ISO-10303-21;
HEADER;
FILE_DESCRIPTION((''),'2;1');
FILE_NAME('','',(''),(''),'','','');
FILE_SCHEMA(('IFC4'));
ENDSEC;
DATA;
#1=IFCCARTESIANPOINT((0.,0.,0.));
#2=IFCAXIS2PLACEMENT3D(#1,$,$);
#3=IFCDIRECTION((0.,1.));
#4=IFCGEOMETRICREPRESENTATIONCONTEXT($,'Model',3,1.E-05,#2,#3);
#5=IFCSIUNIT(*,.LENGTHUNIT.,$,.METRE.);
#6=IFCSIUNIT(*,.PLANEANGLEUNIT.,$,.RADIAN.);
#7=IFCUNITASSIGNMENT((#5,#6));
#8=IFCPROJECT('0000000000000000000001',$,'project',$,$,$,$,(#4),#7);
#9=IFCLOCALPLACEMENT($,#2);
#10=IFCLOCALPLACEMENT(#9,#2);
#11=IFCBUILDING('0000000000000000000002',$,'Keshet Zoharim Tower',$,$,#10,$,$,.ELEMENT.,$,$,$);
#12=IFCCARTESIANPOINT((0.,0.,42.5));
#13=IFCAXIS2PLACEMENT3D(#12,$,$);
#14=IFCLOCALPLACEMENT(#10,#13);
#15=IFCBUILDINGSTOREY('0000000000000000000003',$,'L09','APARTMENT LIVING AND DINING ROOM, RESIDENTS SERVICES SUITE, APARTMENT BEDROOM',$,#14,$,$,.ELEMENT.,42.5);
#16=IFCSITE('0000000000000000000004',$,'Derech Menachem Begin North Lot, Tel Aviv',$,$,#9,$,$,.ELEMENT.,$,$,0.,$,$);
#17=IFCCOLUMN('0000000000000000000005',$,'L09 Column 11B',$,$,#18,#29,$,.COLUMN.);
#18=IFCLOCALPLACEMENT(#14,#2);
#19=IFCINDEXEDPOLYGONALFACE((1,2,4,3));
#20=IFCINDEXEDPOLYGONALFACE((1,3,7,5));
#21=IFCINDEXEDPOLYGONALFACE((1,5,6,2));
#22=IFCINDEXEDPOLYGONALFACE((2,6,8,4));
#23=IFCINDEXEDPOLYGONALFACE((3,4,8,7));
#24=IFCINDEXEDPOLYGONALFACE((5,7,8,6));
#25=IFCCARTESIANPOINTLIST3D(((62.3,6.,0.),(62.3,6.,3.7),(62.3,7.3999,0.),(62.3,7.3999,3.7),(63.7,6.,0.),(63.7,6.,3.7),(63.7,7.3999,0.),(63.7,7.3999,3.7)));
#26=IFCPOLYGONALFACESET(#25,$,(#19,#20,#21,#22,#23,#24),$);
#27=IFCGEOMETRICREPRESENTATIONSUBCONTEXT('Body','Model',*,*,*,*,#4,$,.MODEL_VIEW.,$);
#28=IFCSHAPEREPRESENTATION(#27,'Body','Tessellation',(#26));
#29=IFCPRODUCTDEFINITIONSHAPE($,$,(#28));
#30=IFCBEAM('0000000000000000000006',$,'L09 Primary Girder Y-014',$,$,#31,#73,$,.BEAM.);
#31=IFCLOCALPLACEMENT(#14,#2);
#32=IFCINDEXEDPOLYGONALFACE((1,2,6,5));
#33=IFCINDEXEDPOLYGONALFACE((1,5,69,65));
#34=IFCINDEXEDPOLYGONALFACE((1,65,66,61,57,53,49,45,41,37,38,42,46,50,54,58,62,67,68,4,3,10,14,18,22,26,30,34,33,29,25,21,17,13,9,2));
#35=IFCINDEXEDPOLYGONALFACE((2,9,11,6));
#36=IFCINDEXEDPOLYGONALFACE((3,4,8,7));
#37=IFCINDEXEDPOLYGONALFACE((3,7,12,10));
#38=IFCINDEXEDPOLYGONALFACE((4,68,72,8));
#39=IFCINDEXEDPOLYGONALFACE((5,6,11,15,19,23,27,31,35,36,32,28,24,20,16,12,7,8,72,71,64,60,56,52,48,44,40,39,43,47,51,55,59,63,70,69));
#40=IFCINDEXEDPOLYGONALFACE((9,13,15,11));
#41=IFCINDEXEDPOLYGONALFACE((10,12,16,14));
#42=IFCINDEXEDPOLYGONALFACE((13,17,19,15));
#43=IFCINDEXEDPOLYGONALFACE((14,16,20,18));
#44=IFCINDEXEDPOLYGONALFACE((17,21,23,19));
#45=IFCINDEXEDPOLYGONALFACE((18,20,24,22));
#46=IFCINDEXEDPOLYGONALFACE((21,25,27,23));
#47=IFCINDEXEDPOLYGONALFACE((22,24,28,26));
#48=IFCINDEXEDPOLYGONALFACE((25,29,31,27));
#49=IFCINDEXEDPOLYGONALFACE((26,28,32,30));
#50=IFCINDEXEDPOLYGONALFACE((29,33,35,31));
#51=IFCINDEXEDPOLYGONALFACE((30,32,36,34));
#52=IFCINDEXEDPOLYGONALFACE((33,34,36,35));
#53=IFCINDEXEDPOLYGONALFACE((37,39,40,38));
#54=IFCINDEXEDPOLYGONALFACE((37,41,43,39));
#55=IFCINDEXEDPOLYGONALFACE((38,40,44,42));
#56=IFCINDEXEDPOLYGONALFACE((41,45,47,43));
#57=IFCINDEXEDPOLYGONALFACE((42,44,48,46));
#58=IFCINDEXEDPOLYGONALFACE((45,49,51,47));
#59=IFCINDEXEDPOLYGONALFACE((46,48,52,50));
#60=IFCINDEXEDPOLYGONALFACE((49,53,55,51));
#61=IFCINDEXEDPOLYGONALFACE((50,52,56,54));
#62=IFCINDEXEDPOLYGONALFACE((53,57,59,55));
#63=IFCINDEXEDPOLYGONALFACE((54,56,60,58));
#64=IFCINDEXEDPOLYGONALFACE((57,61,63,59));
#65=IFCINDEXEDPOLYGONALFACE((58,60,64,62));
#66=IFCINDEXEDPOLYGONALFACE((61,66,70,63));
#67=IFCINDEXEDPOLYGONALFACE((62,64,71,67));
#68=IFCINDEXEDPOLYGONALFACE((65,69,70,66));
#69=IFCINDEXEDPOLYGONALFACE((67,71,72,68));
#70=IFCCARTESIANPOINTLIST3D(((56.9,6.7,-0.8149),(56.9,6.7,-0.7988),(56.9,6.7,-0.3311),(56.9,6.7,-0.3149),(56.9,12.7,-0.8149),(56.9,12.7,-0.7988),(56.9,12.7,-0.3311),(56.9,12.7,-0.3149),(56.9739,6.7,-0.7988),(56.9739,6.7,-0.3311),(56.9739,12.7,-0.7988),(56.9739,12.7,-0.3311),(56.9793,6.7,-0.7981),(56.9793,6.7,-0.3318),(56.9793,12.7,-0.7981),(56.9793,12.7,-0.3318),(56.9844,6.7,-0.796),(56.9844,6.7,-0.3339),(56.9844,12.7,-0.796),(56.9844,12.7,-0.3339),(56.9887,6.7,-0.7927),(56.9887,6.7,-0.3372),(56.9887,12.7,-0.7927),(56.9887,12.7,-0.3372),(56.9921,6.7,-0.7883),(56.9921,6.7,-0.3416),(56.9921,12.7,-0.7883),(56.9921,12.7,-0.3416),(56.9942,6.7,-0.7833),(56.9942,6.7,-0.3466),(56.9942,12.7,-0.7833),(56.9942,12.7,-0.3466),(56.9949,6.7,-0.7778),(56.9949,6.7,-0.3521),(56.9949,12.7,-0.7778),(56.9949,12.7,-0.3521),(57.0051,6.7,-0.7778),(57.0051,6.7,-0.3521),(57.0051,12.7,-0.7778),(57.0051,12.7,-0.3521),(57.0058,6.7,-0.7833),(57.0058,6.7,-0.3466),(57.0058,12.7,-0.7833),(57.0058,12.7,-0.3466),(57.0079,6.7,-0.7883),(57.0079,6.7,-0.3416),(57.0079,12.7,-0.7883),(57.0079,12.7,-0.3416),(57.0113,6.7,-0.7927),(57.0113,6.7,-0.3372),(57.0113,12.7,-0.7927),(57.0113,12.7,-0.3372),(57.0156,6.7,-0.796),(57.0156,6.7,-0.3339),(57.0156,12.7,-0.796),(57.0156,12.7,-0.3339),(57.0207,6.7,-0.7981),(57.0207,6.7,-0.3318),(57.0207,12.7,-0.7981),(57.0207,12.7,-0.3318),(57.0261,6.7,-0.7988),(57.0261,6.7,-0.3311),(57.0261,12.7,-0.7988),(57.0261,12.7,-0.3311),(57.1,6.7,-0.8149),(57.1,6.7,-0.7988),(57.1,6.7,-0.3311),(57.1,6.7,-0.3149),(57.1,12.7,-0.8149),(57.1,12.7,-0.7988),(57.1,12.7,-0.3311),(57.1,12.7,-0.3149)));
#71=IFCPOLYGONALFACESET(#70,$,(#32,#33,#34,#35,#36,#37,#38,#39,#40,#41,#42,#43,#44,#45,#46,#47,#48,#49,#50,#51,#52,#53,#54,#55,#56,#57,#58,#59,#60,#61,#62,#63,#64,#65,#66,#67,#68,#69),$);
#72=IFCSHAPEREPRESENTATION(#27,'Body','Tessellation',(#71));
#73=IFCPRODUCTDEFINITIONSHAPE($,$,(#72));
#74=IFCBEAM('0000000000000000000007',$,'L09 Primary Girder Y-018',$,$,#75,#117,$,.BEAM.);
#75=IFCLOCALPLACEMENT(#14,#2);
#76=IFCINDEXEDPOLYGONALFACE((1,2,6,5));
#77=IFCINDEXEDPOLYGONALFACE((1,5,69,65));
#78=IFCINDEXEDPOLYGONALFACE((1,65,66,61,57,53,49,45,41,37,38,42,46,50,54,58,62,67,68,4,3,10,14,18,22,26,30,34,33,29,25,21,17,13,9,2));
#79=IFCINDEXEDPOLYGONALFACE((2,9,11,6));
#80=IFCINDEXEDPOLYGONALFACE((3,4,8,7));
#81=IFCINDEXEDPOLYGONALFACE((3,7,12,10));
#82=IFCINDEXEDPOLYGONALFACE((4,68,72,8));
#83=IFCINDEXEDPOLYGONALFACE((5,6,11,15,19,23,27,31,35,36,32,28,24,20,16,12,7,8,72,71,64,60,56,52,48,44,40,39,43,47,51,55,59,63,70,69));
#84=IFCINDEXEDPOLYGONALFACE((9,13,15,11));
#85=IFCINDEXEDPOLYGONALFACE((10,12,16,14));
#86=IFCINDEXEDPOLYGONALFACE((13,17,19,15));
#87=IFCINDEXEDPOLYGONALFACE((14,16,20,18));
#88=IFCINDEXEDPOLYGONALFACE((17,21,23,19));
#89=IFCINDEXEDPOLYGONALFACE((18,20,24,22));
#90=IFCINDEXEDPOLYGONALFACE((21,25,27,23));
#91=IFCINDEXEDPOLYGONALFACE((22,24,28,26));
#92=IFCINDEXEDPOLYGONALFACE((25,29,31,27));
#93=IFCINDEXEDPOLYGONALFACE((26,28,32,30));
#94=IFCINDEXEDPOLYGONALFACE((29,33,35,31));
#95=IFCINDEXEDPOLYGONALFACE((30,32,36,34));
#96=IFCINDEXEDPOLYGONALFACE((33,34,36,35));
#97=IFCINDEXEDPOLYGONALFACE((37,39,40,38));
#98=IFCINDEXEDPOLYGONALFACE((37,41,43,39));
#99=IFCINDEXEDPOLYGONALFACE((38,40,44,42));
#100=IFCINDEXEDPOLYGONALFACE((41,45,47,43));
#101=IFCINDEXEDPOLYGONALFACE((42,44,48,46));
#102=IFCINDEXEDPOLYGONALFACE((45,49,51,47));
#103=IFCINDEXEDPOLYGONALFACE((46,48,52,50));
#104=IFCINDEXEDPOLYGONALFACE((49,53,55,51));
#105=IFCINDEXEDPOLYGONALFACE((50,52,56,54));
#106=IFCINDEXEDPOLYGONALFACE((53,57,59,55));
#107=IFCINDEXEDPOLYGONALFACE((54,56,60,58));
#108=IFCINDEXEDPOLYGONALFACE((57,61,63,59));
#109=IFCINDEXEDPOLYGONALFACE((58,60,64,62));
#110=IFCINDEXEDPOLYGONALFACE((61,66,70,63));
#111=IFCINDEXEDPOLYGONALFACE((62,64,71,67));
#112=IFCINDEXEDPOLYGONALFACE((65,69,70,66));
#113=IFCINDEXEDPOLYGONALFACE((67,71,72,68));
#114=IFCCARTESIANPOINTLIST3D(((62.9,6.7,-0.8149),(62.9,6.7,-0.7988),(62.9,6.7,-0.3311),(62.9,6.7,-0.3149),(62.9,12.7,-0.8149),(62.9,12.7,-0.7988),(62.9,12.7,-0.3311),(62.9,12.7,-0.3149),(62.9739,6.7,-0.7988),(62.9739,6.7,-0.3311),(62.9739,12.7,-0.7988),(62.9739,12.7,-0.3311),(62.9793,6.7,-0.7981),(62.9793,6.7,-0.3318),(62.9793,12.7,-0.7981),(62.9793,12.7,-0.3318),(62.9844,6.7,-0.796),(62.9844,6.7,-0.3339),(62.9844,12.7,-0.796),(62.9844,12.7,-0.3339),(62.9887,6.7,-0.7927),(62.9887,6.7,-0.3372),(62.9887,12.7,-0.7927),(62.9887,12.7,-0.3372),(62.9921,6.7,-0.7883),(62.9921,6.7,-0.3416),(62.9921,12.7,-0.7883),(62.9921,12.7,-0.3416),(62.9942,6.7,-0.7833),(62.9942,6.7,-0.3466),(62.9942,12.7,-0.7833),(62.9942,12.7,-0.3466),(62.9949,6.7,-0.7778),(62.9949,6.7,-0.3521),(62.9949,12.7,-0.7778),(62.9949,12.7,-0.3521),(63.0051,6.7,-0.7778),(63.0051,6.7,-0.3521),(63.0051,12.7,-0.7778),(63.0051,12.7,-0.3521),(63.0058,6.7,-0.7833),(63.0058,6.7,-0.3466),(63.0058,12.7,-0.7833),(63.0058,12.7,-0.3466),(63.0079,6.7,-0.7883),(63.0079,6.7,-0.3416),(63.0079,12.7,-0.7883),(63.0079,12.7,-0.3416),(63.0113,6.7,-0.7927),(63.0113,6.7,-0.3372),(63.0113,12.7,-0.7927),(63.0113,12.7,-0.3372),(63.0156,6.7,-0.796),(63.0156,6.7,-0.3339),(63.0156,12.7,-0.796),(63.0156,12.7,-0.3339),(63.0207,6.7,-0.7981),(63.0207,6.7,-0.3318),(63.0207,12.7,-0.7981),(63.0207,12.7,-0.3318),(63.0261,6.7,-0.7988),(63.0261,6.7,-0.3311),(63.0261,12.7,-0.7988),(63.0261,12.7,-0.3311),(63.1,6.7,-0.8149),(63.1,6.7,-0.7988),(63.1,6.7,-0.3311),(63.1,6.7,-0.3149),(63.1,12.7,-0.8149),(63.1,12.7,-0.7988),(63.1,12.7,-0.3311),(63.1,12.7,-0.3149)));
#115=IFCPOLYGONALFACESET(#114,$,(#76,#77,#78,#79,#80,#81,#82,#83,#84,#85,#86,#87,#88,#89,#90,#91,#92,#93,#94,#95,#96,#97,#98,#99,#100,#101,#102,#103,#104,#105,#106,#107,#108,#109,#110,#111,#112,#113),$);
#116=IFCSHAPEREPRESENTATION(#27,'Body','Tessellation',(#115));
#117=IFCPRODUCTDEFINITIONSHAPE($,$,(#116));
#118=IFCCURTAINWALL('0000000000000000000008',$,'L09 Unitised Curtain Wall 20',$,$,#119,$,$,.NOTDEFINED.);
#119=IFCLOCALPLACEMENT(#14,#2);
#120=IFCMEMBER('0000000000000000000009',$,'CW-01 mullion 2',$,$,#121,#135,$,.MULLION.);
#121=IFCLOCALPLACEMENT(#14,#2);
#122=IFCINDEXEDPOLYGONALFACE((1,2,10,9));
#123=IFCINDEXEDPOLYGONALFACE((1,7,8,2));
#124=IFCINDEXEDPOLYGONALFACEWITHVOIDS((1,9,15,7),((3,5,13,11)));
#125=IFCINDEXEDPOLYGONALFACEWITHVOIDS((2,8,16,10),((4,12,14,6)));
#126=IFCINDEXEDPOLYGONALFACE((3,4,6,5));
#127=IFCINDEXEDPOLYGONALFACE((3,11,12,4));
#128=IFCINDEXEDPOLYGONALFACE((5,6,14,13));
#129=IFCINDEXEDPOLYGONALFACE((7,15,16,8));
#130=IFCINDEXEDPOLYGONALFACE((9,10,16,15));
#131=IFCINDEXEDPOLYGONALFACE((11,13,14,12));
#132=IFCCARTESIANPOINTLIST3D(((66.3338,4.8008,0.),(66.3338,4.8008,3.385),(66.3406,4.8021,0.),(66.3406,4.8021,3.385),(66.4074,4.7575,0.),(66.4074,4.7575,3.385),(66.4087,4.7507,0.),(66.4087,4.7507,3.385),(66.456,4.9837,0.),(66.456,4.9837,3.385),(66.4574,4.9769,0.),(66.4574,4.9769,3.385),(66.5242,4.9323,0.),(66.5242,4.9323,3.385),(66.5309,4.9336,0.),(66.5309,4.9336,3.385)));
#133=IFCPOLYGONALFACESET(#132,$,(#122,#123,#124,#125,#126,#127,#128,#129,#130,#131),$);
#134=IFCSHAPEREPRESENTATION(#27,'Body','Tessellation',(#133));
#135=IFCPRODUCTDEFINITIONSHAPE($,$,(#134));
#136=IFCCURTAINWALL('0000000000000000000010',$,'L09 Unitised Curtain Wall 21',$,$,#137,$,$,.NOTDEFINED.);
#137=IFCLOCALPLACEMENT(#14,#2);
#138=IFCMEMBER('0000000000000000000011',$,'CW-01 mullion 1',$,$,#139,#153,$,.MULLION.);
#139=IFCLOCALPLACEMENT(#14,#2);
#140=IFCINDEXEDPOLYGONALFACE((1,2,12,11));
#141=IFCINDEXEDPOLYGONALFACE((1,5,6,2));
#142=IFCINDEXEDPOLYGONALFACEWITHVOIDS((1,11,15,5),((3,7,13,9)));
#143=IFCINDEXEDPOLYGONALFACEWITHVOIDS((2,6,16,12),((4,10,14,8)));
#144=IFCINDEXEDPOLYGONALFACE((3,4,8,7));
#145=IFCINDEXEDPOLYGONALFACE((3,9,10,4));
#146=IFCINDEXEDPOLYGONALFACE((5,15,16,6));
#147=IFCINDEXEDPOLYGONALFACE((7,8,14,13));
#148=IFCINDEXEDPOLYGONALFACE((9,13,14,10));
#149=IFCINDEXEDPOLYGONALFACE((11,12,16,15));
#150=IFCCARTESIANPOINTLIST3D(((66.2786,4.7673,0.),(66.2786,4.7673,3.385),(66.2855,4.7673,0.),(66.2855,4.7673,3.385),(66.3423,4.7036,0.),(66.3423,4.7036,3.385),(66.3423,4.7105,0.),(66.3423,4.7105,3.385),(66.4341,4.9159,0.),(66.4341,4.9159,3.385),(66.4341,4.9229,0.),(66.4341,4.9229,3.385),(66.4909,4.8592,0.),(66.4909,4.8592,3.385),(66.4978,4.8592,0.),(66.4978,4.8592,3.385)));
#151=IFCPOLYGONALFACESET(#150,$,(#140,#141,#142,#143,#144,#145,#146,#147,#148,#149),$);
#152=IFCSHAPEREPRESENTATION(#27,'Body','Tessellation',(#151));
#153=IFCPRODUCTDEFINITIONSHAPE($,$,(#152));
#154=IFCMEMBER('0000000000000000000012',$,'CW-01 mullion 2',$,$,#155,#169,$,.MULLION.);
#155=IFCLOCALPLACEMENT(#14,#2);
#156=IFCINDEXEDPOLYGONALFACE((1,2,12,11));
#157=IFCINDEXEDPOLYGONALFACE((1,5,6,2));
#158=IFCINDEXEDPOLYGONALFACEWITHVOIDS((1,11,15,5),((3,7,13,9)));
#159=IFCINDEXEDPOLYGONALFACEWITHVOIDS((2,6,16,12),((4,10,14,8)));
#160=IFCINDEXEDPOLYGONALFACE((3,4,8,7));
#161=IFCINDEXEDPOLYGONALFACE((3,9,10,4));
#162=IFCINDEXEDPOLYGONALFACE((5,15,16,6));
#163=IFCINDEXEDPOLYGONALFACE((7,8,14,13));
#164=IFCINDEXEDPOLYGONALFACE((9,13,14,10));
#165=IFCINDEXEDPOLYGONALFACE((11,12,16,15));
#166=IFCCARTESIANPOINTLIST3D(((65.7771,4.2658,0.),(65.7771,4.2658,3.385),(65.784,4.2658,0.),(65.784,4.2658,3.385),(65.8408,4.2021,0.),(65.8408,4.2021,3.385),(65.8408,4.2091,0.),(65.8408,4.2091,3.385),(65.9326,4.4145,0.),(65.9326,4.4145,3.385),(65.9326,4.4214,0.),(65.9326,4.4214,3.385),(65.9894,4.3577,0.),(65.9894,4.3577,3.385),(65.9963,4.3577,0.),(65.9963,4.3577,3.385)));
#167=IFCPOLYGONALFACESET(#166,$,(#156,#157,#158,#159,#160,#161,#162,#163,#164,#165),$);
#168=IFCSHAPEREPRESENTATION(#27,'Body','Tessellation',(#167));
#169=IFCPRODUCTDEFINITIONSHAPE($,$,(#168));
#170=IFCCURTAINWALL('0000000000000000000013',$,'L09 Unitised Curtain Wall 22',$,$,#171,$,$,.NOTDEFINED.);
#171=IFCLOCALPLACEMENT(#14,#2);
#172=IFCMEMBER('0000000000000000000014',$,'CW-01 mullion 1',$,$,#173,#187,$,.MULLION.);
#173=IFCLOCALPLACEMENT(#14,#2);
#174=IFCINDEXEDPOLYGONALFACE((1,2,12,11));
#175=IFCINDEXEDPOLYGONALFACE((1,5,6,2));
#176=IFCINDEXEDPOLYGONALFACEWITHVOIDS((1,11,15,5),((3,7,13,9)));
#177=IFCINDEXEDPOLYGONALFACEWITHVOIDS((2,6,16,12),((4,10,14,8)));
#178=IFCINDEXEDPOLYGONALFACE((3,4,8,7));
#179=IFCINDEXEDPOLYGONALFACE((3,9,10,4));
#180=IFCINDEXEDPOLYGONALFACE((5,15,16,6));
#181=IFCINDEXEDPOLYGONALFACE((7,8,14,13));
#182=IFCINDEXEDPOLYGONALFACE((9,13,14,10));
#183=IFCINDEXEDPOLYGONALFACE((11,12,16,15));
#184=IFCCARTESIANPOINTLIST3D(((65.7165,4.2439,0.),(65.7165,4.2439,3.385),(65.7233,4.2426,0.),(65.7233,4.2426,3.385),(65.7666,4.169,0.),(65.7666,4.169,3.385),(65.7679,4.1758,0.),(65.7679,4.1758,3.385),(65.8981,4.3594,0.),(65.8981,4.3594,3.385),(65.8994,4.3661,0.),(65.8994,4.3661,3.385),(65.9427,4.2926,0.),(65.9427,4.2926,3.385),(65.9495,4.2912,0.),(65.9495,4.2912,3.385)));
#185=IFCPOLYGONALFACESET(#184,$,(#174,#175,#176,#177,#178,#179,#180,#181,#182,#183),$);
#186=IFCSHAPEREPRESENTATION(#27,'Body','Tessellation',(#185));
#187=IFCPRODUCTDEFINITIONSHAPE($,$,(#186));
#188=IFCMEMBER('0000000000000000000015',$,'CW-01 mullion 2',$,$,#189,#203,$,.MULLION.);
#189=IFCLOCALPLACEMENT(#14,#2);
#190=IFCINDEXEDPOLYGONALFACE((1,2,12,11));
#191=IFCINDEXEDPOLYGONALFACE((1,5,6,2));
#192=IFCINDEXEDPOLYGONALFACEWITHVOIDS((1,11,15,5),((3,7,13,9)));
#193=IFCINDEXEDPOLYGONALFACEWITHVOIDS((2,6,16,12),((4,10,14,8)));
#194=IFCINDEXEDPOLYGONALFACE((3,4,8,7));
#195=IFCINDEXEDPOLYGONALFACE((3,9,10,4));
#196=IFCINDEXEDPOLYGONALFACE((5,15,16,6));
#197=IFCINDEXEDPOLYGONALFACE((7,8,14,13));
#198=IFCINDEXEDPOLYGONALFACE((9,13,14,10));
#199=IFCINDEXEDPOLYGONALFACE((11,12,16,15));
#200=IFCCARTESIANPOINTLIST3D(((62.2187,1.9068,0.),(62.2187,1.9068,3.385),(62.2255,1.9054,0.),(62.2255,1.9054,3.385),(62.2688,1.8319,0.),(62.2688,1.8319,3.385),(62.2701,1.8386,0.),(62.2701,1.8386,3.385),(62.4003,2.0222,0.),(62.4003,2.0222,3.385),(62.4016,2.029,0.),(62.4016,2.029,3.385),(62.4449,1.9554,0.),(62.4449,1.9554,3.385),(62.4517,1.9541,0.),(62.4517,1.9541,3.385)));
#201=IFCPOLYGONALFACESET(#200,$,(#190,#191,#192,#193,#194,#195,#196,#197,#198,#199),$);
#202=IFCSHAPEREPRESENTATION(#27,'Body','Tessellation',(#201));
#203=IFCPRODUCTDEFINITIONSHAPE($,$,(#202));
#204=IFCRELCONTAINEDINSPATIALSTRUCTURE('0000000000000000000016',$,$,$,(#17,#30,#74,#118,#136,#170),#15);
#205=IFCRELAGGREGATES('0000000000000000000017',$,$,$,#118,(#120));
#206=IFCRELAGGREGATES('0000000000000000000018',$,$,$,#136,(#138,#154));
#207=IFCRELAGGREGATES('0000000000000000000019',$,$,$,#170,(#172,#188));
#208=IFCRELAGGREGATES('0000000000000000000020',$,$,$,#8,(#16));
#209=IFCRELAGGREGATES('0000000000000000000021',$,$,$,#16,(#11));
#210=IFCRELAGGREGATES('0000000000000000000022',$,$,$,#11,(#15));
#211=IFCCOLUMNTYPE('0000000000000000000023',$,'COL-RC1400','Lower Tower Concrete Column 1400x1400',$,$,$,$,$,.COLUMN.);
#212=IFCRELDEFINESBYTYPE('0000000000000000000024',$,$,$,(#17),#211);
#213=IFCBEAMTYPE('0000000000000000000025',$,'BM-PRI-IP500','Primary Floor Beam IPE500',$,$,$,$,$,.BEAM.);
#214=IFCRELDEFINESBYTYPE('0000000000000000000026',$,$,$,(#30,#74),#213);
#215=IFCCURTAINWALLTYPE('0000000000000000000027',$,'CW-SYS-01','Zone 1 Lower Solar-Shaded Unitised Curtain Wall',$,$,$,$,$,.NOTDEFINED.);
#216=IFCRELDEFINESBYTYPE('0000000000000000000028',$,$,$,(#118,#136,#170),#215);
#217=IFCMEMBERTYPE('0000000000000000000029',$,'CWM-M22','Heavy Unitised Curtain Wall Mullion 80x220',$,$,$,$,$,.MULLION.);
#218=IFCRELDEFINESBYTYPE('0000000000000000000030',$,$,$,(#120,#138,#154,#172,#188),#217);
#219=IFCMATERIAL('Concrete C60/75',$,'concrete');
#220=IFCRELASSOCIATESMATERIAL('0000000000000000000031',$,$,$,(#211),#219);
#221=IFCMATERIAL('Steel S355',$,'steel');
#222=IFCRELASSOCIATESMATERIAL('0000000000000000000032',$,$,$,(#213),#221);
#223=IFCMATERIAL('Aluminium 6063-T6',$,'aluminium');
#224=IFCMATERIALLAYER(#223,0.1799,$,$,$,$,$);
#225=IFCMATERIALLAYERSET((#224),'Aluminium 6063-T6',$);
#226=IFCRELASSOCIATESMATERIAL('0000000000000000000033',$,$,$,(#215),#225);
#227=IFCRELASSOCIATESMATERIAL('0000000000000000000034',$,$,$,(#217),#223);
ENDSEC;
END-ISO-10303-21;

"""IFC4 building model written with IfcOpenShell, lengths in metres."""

from ifc_helpers import new_model, si_unit, direction, frame, origin, origin_2d, place, context, subcontext, project, spatial, rectangle, hollow_rectangle, i_section, extrude, material, layer, layer_set, material_profile, profile_set, type_object, element, aggregate, save


model = new_model("IFC4")

# Units and contexts
model_context = context("Model", 3, precision=1e-05, world=origin(), true_north=direction((0.0, 1.0)))
body_context = subcontext(model_context, "Body", "Model", "MODEL_VIEW")
ifc_project = project(units=[si_unit("LENGTHUNIT", "METRE"), si_unit("PLANEANGLEUNIT", "RADIAN")], contexts=[model_context])

# Site, building, storey
site_placement = place(None, origin())
site = spatial("IfcSite", under=ifc_project, at=site_placement, Name="Derech Menachem Begin North Lot, Tel Aviv", CompositionType="ELEMENT", RefElevation=0.0)
building_placement = place(site_placement, origin())
building = spatial("IfcBuilding", under=site, at=building_placement, Name="Keshet Zoharim Tower", CompositionType="ELEMENT")
storey_placement = place(building_placement, frame((0.0, 0.0, 42.5)))
storey = spatial("IfcBuildingStorey", under=building, at=storey_placement, Name="L09", Description="APARTMENT LIVING AND DINING ROOM, RESIDENTS SERVICES SUITE, APARTMENT BEDROOM", CompositionType="ELEMENT", Elevation=42.5)

# Column
ifc_material_1 = material(Name="Concrete C60/75", Category="concrete")
ifc_material_profile_1 = material_profile(ifc_material_1, rectangle(XDim=1.3999, YDim=1.3999, at=origin_2d()), Name="RC1400x1400")
ifc_profile_set_1 = profile_set([ifc_material_profile_1], Name="Concrete C60/75")
column_type = type_object("IfcColumnType", Name="COL-RC1400", Description="Lower Tower Concrete Column 1400x1400", PredefinedType="COLUMN", material=ifc_profile_set_1)
column_placement = place(storey_placement, frame((63.0, 6.7, 0.0), z_axis=(0.0, 0.0, 1.0), x_axis=(1.0, 0.0, 0.0)))
element("IfcColumn", 1, at=column_placement, inside=storey, type_object=column_type, Name="L09 Column 11B", PredefinedType="COLUMN", context=body_context, shape_type="SweptSolid", body=[
    extrude(rectangle(XDim=1.3999, YDim=1.3999, at=origin_2d()), origin(), (0.0, 0.0, 1.0), 3.7),
])

# Beams
ifc_material_2 = material(Name="Steel S355", Category="steel")
ifc_material_profile_2 = material_profile(ifc_material_2, i_section(OverallWidth=0.2, OverallDepth=0.5, WebThickness=0.0103, FlangeThickness=0.0161, FilletRadius=0.021, at=origin_2d()), Name="IPE500")
ifc_profile_set_2 = profile_set([ifc_material_profile_2], Name="Steel S355")
beam_type = type_object("IfcBeamType", Name="BM-PRI-IP500", Description="Primary Floor Beam IPE500", PredefinedType="BEAM", material=ifc_profile_set_2)
for number, where, z_axis, x_axis, name in (
    (2, (57.0, 6.7, -0.5649), (0.0, 1.0, 0.0), (-1.0, 0.0, 0.0), "L09 Primary Girder Y-014"),
    (3, (63.0, 6.7, -0.5649), (0.0, 1.0, 0.0), (-1.0, 0.0, 0.0), "L09 Primary Girder Y-018"),
):
    element("IfcBeam", number, at=place(storey_placement, frame(where, z_axis=z_axis, x_axis=x_axis)), inside=storey, type_object=beam_type, Name=name, PredefinedType="BEAM", context=body_context, shape_type="SweptSolid", body=[
        extrude(i_section(OverallWidth=0.2, OverallDepth=0.5, WebThickness=0.0103, FlangeThickness=0.0161, FilletRadius=0.021, at=origin_2d()), origin(), (0.0, 0.0, 1.0), 6.0),
    ])

# Curtain wall, member
ifc_material_3 = material(Name="Aluminium 6063-T6", Category="aluminium")
ifc_layer_1 = layer(ifc_material_3, 0.1799)
ifc_layer_set_1 = layer_set([ifc_layer_1], Name="Aluminium 6063-T6")
curtain_wall_type = type_object("IfcCurtainWallType", Name="CW-SYS-01", Description="Zone 1 Lower Solar-Shaded Unitised Curtain Wall", PredefinedType="NOTDEFINED", material=ifc_layer_set_1)
curtain_wall_1_placement = place(storey_placement, origin())
curtain_wall_1 = element("IfcCurtainWall", 4, at=curtain_wall_1_placement, inside=storey, type_object=curtain_wall_type, Name="L09 Unitised Curtain Wall 20", PredefinedType="NOTDEFINED")
ifc_material_profile_3 = material_profile(ifc_material_3, hollow_rectangle(XDim=0.0901, YDim=0.22, WallThickness=0.0049, at=origin_2d()), Name="MUL-90x220")
ifc_profile_set_3 = profile_set([ifc_material_profile_3], Name="Aluminium 6063-T6")
member_type_1 = type_object("IfcMemberType", Name="CWM-M22", Description="Heavy Unitised Curtain Wall Mullion 80x220", PredefinedType="MULLION", material=ifc_profile_set_3)
member_1_placement = place(storey_placement, frame((66.4324, 4.8672, 0.0), z_axis=(0.0, 0.0, 1.0), x_axis=(0.831474, -0.555563, 0.0)))
member_1 = element("IfcMember", 5, at=member_1_placement, type_object=member_type_1, Name="CW-01 mullion 2", PredefinedType="MULLION", context=body_context, shape_type="SweptSolid", body=[
    extrude(hollow_rectangle(XDim=0.0901, YDim=0.22, WallThickness=0.0049, at=origin_2d()), origin(), (0.0, 0.0, 1.0), 3.385),
])

# Curtain walls, members
curtain_wall_2_placement = place(storey_placement, origin())
curtain_wall_2 = element("IfcCurtainWall", 6, at=curtain_wall_2_placement, inside=storey, type_object=curtain_wall_type, Name="L09 Unitised Curtain Wall 21", PredefinedType="NOTDEFINED")
member_2_placement = place(storey_placement, frame((66.3882, 4.8132, 0.0), z_axis=(0.0, 0.0, 1.0), x_axis=(0.707107, -0.707107, 0.0)))
member_2 = element("IfcMember", 7, at=member_2_placement, type_object=member_type_1, Name="CW-01 mullion 1", PredefinedType="MULLION", context=body_context, shape_type="SweptSolid", body=[
    extrude(hollow_rectangle(XDim=0.0901, YDim=0.22, WallThickness=0.0049, at=origin_2d()), origin(), (0.0, 0.0, 1.0), 3.385),
])
member_3_placement = place(storey_placement, frame((65.8867, 4.3118, 0.0), z_axis=(0.0, 0.0, 1.0), x_axis=(0.707107, -0.707107, 0.0)))
member_3 = element("IfcMember", 8, at=member_3_placement, type_object=member_type_1, Name="CW-01 mullion 2", PredefinedType="MULLION", context=body_context, shape_type="SweptSolid", body=[
    extrude(hollow_rectangle(XDim=0.0901, YDim=0.22, WallThickness=0.0049, at=origin_2d()), origin(), (0.0, 0.0, 1.0), 3.385),
])
curtain_wall_3_placement = place(storey_placement, origin())
curtain_wall_3 = element("IfcCurtainWall", 9, at=curtain_wall_3_placement, inside=storey, type_object=curtain_wall_type, Name="L09 Unitised Curtain Wall 22", PredefinedType="NOTDEFINED")
member_4_placement = place(storey_placement, frame((65.833, 4.2676, 0.0), z_axis=(0.0, 0.0, 1.0), x_axis=(0.555563, -0.831474, 0.0)))
member_4 = element("IfcMember", 10, at=member_4_placement, type_object=member_type_1, Name="CW-01 mullion 1", PredefinedType="MULLION", context=body_context, shape_type="SweptSolid", body=[
    extrude(hollow_rectangle(XDim=0.0901, YDim=0.22, WallThickness=0.0049, at=origin_2d()), origin(), (0.0, 0.0, 1.0), 3.385),
])
member_5_placement = place(storey_placement, frame((62.3352, 1.9304, 0.0), z_axis=(0.0, 0.0, 1.0), x_axis=(0.555563, -0.831474, 0.0)))
member_5 = element("IfcMember", 11, at=member_5_placement, type_object=member_type_1, Name="CW-01 mullion 2", PredefinedType="MULLION", context=body_context, shape_type="SweptSolid", body=[
    extrude(hollow_rectangle(XDim=0.0901, YDim=0.22, WallThickness=0.0049, at=origin_2d()), origin(), (0.0, 0.0, 1.0), 3.385),
])

aggregate(curtain_wall_1, [member_1])
aggregate(curtain_wall_2, [member_2, member_3])
aggregate(curtain_wall_3, [member_4, member_5])

save(model, "model.ifc")
